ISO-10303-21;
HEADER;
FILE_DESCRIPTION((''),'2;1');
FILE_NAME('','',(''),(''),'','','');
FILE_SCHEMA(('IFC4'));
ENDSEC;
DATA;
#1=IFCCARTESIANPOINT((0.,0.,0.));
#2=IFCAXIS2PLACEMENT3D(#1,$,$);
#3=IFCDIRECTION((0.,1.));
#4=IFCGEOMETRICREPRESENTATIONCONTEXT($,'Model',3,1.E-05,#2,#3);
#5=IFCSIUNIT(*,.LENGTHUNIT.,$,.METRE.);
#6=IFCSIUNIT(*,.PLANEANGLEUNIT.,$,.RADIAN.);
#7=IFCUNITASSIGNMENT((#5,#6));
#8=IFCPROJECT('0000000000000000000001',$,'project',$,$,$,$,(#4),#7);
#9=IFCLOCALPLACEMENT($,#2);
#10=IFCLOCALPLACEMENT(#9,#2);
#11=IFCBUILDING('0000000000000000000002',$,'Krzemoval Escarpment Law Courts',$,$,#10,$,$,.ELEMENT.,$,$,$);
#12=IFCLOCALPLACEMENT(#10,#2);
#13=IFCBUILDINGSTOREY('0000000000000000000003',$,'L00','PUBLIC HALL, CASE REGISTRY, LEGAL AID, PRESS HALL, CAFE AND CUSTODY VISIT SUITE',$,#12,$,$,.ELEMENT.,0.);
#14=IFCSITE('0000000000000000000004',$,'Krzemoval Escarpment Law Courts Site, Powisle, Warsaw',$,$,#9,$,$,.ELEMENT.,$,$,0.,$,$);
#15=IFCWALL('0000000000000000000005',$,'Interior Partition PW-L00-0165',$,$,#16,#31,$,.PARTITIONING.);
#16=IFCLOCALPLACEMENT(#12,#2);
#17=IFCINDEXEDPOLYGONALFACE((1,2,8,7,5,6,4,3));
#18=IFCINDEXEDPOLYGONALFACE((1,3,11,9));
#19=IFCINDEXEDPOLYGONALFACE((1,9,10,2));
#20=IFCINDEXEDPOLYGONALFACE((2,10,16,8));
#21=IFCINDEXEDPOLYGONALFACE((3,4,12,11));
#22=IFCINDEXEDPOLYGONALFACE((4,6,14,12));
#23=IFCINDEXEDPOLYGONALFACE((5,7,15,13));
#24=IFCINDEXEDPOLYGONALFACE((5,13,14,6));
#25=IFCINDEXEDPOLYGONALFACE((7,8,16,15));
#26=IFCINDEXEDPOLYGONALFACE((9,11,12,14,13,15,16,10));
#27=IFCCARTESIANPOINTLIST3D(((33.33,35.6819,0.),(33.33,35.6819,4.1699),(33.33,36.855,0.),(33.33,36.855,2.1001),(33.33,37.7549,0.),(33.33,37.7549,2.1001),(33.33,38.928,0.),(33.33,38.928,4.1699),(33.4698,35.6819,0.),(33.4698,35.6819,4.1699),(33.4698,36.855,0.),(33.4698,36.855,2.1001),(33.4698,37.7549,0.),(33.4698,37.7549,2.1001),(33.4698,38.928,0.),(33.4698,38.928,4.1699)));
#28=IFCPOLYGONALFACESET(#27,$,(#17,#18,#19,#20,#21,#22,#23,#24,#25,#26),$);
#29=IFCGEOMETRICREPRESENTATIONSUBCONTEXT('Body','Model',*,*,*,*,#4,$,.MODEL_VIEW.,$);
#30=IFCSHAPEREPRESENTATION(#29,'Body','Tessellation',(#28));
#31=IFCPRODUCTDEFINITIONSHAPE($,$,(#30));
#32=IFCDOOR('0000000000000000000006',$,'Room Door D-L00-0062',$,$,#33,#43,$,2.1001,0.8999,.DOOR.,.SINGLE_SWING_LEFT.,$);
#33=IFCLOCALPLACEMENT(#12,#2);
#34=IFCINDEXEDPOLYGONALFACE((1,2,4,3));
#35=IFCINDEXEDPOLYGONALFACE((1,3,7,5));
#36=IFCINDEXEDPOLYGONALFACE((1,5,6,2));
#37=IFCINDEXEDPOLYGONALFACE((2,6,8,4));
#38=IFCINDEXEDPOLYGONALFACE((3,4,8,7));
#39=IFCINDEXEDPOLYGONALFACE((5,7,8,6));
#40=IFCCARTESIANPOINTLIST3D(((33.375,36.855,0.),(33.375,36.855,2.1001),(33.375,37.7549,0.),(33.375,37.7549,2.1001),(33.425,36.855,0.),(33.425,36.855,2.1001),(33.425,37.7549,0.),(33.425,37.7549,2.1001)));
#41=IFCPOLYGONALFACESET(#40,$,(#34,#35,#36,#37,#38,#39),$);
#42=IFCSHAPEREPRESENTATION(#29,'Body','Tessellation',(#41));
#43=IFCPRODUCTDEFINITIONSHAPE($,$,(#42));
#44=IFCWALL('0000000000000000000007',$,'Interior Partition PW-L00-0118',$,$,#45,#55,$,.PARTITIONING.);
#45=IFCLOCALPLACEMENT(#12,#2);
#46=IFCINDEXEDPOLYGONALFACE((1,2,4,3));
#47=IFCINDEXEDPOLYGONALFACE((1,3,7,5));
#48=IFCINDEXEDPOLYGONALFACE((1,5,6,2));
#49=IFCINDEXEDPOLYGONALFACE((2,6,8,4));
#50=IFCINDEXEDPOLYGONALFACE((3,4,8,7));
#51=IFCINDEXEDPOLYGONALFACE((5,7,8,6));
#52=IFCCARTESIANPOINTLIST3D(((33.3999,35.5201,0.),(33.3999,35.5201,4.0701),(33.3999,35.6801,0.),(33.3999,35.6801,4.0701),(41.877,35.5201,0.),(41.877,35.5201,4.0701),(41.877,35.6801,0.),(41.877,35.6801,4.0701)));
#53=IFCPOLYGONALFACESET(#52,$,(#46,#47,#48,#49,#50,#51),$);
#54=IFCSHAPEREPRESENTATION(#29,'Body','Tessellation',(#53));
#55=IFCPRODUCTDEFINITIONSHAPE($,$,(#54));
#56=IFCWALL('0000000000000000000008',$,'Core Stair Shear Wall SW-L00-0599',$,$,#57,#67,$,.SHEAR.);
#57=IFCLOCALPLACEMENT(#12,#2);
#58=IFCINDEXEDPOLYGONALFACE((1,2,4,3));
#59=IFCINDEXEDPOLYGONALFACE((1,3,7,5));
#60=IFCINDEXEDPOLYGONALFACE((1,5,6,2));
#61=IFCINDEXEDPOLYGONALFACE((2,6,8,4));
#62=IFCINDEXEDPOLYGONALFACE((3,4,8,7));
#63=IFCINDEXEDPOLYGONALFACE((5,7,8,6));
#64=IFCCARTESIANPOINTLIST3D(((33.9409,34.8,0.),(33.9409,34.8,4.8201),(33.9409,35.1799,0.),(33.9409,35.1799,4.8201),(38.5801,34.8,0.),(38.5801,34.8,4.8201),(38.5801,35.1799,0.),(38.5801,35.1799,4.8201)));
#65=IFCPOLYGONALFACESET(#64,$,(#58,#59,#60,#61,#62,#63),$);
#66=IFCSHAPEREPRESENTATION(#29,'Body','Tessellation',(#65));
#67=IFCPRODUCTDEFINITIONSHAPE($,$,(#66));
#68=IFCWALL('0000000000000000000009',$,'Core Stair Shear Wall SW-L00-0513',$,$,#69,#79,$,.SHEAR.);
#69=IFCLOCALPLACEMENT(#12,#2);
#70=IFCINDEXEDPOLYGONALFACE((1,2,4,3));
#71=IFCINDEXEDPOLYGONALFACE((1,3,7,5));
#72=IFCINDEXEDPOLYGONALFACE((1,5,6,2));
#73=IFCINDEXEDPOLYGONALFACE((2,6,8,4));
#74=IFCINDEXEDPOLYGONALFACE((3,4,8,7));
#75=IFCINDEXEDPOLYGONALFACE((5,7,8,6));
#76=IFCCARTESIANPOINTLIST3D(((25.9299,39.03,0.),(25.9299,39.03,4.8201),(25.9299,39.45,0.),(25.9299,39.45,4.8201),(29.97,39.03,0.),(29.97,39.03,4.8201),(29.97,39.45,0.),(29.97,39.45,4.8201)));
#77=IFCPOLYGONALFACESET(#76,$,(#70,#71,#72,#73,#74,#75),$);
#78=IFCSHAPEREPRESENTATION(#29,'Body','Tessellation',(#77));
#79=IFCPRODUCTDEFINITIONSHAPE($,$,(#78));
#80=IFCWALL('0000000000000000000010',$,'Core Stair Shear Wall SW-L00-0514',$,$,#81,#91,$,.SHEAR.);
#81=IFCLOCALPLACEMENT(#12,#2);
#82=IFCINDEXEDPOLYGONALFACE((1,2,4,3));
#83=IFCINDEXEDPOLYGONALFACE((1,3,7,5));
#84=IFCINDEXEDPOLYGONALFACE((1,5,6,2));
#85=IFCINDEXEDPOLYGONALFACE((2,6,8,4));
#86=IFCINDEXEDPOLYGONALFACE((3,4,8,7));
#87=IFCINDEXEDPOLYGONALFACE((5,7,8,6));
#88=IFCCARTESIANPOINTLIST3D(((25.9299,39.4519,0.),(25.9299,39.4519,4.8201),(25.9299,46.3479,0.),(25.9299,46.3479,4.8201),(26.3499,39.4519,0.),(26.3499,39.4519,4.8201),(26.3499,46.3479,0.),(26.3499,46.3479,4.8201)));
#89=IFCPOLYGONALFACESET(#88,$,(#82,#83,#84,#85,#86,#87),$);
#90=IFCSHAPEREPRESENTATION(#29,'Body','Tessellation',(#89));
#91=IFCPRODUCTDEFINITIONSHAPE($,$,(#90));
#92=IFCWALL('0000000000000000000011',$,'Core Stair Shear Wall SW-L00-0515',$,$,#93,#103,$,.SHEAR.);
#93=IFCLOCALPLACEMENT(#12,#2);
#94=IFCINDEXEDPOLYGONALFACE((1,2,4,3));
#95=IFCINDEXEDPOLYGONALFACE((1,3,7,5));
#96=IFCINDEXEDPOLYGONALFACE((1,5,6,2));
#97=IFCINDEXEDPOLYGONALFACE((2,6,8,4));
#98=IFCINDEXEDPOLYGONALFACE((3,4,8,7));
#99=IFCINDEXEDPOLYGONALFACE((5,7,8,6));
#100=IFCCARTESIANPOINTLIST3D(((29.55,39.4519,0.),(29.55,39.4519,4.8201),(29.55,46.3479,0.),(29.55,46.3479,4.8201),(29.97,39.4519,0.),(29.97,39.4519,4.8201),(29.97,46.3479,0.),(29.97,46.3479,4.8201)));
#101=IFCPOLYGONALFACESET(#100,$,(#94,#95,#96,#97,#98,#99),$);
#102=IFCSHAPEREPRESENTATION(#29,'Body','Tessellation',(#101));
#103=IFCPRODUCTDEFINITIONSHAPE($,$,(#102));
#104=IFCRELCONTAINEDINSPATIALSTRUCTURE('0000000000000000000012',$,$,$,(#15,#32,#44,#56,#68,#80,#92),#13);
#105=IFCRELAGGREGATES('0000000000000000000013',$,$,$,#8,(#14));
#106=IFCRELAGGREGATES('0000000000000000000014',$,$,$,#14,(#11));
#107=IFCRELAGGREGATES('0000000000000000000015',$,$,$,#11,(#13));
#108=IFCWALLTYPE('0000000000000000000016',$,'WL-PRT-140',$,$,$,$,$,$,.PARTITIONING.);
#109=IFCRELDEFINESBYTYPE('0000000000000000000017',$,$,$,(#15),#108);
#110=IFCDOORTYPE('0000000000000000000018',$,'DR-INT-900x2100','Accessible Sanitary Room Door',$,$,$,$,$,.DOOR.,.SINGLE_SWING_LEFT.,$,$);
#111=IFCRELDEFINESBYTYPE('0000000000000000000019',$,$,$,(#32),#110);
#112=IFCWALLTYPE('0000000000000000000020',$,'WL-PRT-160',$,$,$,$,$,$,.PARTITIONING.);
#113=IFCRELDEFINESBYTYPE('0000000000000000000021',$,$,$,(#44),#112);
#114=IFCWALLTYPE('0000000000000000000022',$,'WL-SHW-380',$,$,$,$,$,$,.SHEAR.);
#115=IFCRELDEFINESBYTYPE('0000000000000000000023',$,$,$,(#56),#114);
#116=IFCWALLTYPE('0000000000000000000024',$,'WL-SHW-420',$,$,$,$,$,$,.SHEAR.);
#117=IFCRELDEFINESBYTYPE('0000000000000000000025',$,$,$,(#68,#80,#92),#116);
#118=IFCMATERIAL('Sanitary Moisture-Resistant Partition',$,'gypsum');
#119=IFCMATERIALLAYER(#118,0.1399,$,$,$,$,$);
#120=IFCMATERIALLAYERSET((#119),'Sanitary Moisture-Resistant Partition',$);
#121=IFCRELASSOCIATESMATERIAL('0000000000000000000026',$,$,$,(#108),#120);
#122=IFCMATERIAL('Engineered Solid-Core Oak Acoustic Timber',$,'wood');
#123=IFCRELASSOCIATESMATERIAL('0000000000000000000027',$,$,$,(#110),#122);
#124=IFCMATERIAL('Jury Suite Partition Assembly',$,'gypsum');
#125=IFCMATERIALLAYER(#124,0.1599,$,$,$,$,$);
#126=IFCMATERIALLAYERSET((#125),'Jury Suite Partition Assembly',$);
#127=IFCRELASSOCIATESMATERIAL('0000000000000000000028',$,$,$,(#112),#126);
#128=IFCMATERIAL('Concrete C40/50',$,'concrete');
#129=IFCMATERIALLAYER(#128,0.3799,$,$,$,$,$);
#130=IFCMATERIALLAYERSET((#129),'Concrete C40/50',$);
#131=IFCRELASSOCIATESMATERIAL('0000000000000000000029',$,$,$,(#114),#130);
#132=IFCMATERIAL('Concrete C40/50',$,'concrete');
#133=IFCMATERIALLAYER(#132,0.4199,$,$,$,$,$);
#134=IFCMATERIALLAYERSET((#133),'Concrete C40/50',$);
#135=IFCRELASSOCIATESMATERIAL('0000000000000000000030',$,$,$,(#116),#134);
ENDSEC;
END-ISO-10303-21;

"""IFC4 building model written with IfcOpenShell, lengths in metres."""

from ifc_helpers import new_model, si_unit, direction, frame, frame_2d, origin, place, context, subcontext, project, spatial, rectangle, extrude, material, layer, layer_set, type_object, element, fill, save


model = new_model("IFC4")

# Units and contexts
model_context = context("Model", 3, precision=1e-05, world=origin(), true_north=direction((0.0, 1.0)))
body_context = subcontext(model_context, "Body", "Model", "MODEL_VIEW")
ifc_project = project(units=[si_unit("LENGTHUNIT", "METRE"), si_unit("PLANEANGLEUNIT", "RADIAN")], contexts=[model_context])

# Site, building, storey
site_placement = place(None, origin())
site = spatial("IfcSite", under=ifc_project, at=site_placement, Name="Krzemoval Escarpment Law Courts Site, Powisle, Warsaw", CompositionType="ELEMENT", RefElevation=0.0)
building_placement = place(site_placement, origin())
building = spatial("IfcBuilding", under=site, at=building_placement, Name="Krzemoval Escarpment Law Courts", CompositionType="ELEMENT")
storey_placement = place(building_placement, origin())
storey = spatial("IfcBuildingStorey", under=building, at=storey_placement, Name="L00", Description="PUBLIC HALL, CASE REGISTRY, LEGAL AID, PRESS HALL, CAFE AND CUSTODY VISIT SUITE", CompositionType="ELEMENT", Elevation=0.0)

# Shared definitions
ifc_material_1 = material(Name="Sanitary Moisture-Resistant Partition", Category="gypsum")
ifc_layer_1 = layer(ifc_material_1, 0.1399)
ifc_layer_set_1 = layer_set([ifc_layer_1], Name="Sanitary Moisture-Resistant Partition")
wall_type_1 = type_object("IfcWallType", Name="WL-PRT-140", PredefinedType="PARTITIONING", material=ifc_layer_set_1)

# Shared definitions
ifc_material_2 = material(Name="Engineered Solid-Core Oak Acoustic Timber", Category="wood")
door_type = type_object("IfcDoorType", Name="DR-INT-900x2100", Description="Accessible Sanitary Room Door", OperationType="SINGLE_SWING_LEFT", PredefinedType="DOOR", material=ifc_material_2)

# Wall, opening, door
wall_1_placement = place(storey_placement, frame((33.3999, 35.6819, 0.0), z_axis=(0.0, 0.0, 1.0), x_axis=(0.0, 1.0, 0.0)))
wall_1 = element("IfcWall", 1, at=wall_1_placement, inside=storey, type_object=wall_type_1, Name="Interior Partition PW-L00-0165", PredefinedType="PARTITIONING", context=body_context, shape_type="SweptSolid", body=[
    extrude(rectangle(XDim=3.2461, YDim=0.1399, at=frame_2d((1.623, 0.0))), origin(), (0.0, 0.0, 1.0), 4.1699),
])
opening_1_placement = place(wall_1_placement, frame((1.1731, 0.0, 0.0)))
opening_1 = element("IfcOpeningElement", 2, at=opening_1_placement, cuts=wall_1, PredefinedType="OPENING", context=body_context, shape_type="SweptSolid", body=[
    extrude(rectangle(XDim=0.8999, YDim=2.1001, at=frame_2d((0.45, 1.05))), frame((0.0, 0.0849, 0.0), z_axis=(0.0, -1.0, 0.0), x_axis=(1.0, 0.0, 0.0)), (0.0, 0.0, 1.0), 0.1699),
])
door_1_placement = place(opening_1_placement, origin())
door_1 = element("IfcDoor", 3, at=door_1_placement, inside=storey, type_object=door_type, Name="Room Door D-L00-0062", OperationType="SINGLE_SWING_LEFT", OverallHeight=2.1001, OverallWidth=0.8999, PredefinedType="DOOR", context=body_context, shape_type="SweptSolid", body=[
    extrude(rectangle(XDim=0.8999, YDim=2.1001, at=frame_2d((0.45, 1.05))), frame((0.0, 0.0249, 0.0), z_axis=(0.0, -1.0, 0.0), x_axis=(1.0, 0.0, 0.0)), (0.0, 0.0, 1.0), 0.05),
])
fill(opening_1, door_1)

# Walls
ifc_material_3 = material(Name="Jury Suite Partition Assembly", Category="gypsum")
ifc_layer_2 = layer(ifc_material_3, 0.1599)
ifc_layer_set_2 = layer_set([ifc_layer_2], Name="Jury Suite Partition Assembly")
wall_type_2 = type_object("IfcWallType", Name="WL-PRT-160", PredefinedType="PARTITIONING", material=ifc_layer_set_2)
wall_2_placement = place(storey_placement, frame((33.3999, 35.6001, 0.0), z_axis=(0.0, 0.0, 1.0), x_axis=(1.0, 0.0, 0.0)))
element("IfcWall", 4, at=wall_2_placement, inside=storey, type_object=wall_type_2, Name="Interior Partition PW-L00-0118", PredefinedType="PARTITIONING", context=body_context, shape_type="SweptSolid", body=[
    extrude(rectangle(XDim=8.4771, YDim=0.1599, at=frame_2d((4.2385, 0.0))), origin(), (0.0, 0.0, 1.0), 4.0701),
])
ifc_material_4 = material(Name="Concrete C40/50", Category="concrete")
ifc_layer_3 = layer(ifc_material_4, 0.3799)
ifc_layer_set_3 = layer_set([ifc_layer_3], Name="Concrete C40/50")
wall_type_3 = type_object("IfcWallType", Name="WL-SHW-380", PredefinedType="SHEAR", material=ifc_layer_set_3)
wall_3_placement = place(storey_placement, frame((33.9409, 34.99, 0.0), z_axis=(0.0, 0.0, 1.0), x_axis=(1.0, 0.0, 0.0)))
element("IfcWall", 5, at=wall_3_placement, inside=storey, type_object=wall_type_3, Name="Core Stair Shear Wall SW-L00-0599", PredefinedType="SHEAR", context=body_context, shape_type="SweptSolid", body=[
    extrude(rectangle(XDim=4.6392, YDim=0.3799, at=frame_2d((2.3196, 0.0))), origin(), (0.0, 0.0, 1.0), 4.8201),
])
ifc_material_5 = material(Name="Concrete C40/50", Category="concrete")
ifc_layer_4 = layer(ifc_material_5, 0.4199)
ifc_layer_set_4 = layer_set([ifc_layer_4], Name="Concrete C40/50")
wall_type_4 = type_object("IfcWallType", Name="WL-SHW-420", PredefinedType="SHEAR", material=ifc_layer_set_4)
wall_4_placement = place(storey_placement, frame((25.9299, 39.24, 0.0), z_axis=(0.0, 0.0, 1.0), x_axis=(1.0, 0.0, 0.0)))
element("IfcWall", 6, at=wall_4_placement, inside=storey, type_object=wall_type_4, Name="Core Stair Shear Wall SW-L00-0513", PredefinedType="SHEAR", context=body_context, shape_type="SweptSolid", body=[
    extrude(rectangle(XDim=4.04, YDim=0.4199, at=frame_2d((2.02, 0.0))), origin(), (0.0, 0.0, 1.0), 4.8201),
])
for number, where, z_axis, x_axis, name in (
    (7, (26.1399, 39.4519, 0.0), (0.0, 0.0, 1.0), (0.0, 1.0, 0.0), "Core Stair Shear Wall SW-L00-0514"),
    (8, (29.76, 39.4519, 0.0), (0.0, 0.0, 1.0), (0.0, 1.0, 0.0), "Core Stair Shear Wall SW-L00-0515"),
):
    element("IfcWall", number, at=place(storey_placement, frame(where, z_axis=z_axis, x_axis=x_axis)), inside=storey, type_object=wall_type_4, Name=name, PredefinedType="SHEAR", context=body_context, shape_type="SweptSolid", body=[
        extrude(rectangle(XDim=6.896, YDim=0.4199, at=frame_2d((3.448, 0.0))), origin(), (0.0, 0.0, 1.0), 4.8201),
    ])

save(model, "model.ifc")
